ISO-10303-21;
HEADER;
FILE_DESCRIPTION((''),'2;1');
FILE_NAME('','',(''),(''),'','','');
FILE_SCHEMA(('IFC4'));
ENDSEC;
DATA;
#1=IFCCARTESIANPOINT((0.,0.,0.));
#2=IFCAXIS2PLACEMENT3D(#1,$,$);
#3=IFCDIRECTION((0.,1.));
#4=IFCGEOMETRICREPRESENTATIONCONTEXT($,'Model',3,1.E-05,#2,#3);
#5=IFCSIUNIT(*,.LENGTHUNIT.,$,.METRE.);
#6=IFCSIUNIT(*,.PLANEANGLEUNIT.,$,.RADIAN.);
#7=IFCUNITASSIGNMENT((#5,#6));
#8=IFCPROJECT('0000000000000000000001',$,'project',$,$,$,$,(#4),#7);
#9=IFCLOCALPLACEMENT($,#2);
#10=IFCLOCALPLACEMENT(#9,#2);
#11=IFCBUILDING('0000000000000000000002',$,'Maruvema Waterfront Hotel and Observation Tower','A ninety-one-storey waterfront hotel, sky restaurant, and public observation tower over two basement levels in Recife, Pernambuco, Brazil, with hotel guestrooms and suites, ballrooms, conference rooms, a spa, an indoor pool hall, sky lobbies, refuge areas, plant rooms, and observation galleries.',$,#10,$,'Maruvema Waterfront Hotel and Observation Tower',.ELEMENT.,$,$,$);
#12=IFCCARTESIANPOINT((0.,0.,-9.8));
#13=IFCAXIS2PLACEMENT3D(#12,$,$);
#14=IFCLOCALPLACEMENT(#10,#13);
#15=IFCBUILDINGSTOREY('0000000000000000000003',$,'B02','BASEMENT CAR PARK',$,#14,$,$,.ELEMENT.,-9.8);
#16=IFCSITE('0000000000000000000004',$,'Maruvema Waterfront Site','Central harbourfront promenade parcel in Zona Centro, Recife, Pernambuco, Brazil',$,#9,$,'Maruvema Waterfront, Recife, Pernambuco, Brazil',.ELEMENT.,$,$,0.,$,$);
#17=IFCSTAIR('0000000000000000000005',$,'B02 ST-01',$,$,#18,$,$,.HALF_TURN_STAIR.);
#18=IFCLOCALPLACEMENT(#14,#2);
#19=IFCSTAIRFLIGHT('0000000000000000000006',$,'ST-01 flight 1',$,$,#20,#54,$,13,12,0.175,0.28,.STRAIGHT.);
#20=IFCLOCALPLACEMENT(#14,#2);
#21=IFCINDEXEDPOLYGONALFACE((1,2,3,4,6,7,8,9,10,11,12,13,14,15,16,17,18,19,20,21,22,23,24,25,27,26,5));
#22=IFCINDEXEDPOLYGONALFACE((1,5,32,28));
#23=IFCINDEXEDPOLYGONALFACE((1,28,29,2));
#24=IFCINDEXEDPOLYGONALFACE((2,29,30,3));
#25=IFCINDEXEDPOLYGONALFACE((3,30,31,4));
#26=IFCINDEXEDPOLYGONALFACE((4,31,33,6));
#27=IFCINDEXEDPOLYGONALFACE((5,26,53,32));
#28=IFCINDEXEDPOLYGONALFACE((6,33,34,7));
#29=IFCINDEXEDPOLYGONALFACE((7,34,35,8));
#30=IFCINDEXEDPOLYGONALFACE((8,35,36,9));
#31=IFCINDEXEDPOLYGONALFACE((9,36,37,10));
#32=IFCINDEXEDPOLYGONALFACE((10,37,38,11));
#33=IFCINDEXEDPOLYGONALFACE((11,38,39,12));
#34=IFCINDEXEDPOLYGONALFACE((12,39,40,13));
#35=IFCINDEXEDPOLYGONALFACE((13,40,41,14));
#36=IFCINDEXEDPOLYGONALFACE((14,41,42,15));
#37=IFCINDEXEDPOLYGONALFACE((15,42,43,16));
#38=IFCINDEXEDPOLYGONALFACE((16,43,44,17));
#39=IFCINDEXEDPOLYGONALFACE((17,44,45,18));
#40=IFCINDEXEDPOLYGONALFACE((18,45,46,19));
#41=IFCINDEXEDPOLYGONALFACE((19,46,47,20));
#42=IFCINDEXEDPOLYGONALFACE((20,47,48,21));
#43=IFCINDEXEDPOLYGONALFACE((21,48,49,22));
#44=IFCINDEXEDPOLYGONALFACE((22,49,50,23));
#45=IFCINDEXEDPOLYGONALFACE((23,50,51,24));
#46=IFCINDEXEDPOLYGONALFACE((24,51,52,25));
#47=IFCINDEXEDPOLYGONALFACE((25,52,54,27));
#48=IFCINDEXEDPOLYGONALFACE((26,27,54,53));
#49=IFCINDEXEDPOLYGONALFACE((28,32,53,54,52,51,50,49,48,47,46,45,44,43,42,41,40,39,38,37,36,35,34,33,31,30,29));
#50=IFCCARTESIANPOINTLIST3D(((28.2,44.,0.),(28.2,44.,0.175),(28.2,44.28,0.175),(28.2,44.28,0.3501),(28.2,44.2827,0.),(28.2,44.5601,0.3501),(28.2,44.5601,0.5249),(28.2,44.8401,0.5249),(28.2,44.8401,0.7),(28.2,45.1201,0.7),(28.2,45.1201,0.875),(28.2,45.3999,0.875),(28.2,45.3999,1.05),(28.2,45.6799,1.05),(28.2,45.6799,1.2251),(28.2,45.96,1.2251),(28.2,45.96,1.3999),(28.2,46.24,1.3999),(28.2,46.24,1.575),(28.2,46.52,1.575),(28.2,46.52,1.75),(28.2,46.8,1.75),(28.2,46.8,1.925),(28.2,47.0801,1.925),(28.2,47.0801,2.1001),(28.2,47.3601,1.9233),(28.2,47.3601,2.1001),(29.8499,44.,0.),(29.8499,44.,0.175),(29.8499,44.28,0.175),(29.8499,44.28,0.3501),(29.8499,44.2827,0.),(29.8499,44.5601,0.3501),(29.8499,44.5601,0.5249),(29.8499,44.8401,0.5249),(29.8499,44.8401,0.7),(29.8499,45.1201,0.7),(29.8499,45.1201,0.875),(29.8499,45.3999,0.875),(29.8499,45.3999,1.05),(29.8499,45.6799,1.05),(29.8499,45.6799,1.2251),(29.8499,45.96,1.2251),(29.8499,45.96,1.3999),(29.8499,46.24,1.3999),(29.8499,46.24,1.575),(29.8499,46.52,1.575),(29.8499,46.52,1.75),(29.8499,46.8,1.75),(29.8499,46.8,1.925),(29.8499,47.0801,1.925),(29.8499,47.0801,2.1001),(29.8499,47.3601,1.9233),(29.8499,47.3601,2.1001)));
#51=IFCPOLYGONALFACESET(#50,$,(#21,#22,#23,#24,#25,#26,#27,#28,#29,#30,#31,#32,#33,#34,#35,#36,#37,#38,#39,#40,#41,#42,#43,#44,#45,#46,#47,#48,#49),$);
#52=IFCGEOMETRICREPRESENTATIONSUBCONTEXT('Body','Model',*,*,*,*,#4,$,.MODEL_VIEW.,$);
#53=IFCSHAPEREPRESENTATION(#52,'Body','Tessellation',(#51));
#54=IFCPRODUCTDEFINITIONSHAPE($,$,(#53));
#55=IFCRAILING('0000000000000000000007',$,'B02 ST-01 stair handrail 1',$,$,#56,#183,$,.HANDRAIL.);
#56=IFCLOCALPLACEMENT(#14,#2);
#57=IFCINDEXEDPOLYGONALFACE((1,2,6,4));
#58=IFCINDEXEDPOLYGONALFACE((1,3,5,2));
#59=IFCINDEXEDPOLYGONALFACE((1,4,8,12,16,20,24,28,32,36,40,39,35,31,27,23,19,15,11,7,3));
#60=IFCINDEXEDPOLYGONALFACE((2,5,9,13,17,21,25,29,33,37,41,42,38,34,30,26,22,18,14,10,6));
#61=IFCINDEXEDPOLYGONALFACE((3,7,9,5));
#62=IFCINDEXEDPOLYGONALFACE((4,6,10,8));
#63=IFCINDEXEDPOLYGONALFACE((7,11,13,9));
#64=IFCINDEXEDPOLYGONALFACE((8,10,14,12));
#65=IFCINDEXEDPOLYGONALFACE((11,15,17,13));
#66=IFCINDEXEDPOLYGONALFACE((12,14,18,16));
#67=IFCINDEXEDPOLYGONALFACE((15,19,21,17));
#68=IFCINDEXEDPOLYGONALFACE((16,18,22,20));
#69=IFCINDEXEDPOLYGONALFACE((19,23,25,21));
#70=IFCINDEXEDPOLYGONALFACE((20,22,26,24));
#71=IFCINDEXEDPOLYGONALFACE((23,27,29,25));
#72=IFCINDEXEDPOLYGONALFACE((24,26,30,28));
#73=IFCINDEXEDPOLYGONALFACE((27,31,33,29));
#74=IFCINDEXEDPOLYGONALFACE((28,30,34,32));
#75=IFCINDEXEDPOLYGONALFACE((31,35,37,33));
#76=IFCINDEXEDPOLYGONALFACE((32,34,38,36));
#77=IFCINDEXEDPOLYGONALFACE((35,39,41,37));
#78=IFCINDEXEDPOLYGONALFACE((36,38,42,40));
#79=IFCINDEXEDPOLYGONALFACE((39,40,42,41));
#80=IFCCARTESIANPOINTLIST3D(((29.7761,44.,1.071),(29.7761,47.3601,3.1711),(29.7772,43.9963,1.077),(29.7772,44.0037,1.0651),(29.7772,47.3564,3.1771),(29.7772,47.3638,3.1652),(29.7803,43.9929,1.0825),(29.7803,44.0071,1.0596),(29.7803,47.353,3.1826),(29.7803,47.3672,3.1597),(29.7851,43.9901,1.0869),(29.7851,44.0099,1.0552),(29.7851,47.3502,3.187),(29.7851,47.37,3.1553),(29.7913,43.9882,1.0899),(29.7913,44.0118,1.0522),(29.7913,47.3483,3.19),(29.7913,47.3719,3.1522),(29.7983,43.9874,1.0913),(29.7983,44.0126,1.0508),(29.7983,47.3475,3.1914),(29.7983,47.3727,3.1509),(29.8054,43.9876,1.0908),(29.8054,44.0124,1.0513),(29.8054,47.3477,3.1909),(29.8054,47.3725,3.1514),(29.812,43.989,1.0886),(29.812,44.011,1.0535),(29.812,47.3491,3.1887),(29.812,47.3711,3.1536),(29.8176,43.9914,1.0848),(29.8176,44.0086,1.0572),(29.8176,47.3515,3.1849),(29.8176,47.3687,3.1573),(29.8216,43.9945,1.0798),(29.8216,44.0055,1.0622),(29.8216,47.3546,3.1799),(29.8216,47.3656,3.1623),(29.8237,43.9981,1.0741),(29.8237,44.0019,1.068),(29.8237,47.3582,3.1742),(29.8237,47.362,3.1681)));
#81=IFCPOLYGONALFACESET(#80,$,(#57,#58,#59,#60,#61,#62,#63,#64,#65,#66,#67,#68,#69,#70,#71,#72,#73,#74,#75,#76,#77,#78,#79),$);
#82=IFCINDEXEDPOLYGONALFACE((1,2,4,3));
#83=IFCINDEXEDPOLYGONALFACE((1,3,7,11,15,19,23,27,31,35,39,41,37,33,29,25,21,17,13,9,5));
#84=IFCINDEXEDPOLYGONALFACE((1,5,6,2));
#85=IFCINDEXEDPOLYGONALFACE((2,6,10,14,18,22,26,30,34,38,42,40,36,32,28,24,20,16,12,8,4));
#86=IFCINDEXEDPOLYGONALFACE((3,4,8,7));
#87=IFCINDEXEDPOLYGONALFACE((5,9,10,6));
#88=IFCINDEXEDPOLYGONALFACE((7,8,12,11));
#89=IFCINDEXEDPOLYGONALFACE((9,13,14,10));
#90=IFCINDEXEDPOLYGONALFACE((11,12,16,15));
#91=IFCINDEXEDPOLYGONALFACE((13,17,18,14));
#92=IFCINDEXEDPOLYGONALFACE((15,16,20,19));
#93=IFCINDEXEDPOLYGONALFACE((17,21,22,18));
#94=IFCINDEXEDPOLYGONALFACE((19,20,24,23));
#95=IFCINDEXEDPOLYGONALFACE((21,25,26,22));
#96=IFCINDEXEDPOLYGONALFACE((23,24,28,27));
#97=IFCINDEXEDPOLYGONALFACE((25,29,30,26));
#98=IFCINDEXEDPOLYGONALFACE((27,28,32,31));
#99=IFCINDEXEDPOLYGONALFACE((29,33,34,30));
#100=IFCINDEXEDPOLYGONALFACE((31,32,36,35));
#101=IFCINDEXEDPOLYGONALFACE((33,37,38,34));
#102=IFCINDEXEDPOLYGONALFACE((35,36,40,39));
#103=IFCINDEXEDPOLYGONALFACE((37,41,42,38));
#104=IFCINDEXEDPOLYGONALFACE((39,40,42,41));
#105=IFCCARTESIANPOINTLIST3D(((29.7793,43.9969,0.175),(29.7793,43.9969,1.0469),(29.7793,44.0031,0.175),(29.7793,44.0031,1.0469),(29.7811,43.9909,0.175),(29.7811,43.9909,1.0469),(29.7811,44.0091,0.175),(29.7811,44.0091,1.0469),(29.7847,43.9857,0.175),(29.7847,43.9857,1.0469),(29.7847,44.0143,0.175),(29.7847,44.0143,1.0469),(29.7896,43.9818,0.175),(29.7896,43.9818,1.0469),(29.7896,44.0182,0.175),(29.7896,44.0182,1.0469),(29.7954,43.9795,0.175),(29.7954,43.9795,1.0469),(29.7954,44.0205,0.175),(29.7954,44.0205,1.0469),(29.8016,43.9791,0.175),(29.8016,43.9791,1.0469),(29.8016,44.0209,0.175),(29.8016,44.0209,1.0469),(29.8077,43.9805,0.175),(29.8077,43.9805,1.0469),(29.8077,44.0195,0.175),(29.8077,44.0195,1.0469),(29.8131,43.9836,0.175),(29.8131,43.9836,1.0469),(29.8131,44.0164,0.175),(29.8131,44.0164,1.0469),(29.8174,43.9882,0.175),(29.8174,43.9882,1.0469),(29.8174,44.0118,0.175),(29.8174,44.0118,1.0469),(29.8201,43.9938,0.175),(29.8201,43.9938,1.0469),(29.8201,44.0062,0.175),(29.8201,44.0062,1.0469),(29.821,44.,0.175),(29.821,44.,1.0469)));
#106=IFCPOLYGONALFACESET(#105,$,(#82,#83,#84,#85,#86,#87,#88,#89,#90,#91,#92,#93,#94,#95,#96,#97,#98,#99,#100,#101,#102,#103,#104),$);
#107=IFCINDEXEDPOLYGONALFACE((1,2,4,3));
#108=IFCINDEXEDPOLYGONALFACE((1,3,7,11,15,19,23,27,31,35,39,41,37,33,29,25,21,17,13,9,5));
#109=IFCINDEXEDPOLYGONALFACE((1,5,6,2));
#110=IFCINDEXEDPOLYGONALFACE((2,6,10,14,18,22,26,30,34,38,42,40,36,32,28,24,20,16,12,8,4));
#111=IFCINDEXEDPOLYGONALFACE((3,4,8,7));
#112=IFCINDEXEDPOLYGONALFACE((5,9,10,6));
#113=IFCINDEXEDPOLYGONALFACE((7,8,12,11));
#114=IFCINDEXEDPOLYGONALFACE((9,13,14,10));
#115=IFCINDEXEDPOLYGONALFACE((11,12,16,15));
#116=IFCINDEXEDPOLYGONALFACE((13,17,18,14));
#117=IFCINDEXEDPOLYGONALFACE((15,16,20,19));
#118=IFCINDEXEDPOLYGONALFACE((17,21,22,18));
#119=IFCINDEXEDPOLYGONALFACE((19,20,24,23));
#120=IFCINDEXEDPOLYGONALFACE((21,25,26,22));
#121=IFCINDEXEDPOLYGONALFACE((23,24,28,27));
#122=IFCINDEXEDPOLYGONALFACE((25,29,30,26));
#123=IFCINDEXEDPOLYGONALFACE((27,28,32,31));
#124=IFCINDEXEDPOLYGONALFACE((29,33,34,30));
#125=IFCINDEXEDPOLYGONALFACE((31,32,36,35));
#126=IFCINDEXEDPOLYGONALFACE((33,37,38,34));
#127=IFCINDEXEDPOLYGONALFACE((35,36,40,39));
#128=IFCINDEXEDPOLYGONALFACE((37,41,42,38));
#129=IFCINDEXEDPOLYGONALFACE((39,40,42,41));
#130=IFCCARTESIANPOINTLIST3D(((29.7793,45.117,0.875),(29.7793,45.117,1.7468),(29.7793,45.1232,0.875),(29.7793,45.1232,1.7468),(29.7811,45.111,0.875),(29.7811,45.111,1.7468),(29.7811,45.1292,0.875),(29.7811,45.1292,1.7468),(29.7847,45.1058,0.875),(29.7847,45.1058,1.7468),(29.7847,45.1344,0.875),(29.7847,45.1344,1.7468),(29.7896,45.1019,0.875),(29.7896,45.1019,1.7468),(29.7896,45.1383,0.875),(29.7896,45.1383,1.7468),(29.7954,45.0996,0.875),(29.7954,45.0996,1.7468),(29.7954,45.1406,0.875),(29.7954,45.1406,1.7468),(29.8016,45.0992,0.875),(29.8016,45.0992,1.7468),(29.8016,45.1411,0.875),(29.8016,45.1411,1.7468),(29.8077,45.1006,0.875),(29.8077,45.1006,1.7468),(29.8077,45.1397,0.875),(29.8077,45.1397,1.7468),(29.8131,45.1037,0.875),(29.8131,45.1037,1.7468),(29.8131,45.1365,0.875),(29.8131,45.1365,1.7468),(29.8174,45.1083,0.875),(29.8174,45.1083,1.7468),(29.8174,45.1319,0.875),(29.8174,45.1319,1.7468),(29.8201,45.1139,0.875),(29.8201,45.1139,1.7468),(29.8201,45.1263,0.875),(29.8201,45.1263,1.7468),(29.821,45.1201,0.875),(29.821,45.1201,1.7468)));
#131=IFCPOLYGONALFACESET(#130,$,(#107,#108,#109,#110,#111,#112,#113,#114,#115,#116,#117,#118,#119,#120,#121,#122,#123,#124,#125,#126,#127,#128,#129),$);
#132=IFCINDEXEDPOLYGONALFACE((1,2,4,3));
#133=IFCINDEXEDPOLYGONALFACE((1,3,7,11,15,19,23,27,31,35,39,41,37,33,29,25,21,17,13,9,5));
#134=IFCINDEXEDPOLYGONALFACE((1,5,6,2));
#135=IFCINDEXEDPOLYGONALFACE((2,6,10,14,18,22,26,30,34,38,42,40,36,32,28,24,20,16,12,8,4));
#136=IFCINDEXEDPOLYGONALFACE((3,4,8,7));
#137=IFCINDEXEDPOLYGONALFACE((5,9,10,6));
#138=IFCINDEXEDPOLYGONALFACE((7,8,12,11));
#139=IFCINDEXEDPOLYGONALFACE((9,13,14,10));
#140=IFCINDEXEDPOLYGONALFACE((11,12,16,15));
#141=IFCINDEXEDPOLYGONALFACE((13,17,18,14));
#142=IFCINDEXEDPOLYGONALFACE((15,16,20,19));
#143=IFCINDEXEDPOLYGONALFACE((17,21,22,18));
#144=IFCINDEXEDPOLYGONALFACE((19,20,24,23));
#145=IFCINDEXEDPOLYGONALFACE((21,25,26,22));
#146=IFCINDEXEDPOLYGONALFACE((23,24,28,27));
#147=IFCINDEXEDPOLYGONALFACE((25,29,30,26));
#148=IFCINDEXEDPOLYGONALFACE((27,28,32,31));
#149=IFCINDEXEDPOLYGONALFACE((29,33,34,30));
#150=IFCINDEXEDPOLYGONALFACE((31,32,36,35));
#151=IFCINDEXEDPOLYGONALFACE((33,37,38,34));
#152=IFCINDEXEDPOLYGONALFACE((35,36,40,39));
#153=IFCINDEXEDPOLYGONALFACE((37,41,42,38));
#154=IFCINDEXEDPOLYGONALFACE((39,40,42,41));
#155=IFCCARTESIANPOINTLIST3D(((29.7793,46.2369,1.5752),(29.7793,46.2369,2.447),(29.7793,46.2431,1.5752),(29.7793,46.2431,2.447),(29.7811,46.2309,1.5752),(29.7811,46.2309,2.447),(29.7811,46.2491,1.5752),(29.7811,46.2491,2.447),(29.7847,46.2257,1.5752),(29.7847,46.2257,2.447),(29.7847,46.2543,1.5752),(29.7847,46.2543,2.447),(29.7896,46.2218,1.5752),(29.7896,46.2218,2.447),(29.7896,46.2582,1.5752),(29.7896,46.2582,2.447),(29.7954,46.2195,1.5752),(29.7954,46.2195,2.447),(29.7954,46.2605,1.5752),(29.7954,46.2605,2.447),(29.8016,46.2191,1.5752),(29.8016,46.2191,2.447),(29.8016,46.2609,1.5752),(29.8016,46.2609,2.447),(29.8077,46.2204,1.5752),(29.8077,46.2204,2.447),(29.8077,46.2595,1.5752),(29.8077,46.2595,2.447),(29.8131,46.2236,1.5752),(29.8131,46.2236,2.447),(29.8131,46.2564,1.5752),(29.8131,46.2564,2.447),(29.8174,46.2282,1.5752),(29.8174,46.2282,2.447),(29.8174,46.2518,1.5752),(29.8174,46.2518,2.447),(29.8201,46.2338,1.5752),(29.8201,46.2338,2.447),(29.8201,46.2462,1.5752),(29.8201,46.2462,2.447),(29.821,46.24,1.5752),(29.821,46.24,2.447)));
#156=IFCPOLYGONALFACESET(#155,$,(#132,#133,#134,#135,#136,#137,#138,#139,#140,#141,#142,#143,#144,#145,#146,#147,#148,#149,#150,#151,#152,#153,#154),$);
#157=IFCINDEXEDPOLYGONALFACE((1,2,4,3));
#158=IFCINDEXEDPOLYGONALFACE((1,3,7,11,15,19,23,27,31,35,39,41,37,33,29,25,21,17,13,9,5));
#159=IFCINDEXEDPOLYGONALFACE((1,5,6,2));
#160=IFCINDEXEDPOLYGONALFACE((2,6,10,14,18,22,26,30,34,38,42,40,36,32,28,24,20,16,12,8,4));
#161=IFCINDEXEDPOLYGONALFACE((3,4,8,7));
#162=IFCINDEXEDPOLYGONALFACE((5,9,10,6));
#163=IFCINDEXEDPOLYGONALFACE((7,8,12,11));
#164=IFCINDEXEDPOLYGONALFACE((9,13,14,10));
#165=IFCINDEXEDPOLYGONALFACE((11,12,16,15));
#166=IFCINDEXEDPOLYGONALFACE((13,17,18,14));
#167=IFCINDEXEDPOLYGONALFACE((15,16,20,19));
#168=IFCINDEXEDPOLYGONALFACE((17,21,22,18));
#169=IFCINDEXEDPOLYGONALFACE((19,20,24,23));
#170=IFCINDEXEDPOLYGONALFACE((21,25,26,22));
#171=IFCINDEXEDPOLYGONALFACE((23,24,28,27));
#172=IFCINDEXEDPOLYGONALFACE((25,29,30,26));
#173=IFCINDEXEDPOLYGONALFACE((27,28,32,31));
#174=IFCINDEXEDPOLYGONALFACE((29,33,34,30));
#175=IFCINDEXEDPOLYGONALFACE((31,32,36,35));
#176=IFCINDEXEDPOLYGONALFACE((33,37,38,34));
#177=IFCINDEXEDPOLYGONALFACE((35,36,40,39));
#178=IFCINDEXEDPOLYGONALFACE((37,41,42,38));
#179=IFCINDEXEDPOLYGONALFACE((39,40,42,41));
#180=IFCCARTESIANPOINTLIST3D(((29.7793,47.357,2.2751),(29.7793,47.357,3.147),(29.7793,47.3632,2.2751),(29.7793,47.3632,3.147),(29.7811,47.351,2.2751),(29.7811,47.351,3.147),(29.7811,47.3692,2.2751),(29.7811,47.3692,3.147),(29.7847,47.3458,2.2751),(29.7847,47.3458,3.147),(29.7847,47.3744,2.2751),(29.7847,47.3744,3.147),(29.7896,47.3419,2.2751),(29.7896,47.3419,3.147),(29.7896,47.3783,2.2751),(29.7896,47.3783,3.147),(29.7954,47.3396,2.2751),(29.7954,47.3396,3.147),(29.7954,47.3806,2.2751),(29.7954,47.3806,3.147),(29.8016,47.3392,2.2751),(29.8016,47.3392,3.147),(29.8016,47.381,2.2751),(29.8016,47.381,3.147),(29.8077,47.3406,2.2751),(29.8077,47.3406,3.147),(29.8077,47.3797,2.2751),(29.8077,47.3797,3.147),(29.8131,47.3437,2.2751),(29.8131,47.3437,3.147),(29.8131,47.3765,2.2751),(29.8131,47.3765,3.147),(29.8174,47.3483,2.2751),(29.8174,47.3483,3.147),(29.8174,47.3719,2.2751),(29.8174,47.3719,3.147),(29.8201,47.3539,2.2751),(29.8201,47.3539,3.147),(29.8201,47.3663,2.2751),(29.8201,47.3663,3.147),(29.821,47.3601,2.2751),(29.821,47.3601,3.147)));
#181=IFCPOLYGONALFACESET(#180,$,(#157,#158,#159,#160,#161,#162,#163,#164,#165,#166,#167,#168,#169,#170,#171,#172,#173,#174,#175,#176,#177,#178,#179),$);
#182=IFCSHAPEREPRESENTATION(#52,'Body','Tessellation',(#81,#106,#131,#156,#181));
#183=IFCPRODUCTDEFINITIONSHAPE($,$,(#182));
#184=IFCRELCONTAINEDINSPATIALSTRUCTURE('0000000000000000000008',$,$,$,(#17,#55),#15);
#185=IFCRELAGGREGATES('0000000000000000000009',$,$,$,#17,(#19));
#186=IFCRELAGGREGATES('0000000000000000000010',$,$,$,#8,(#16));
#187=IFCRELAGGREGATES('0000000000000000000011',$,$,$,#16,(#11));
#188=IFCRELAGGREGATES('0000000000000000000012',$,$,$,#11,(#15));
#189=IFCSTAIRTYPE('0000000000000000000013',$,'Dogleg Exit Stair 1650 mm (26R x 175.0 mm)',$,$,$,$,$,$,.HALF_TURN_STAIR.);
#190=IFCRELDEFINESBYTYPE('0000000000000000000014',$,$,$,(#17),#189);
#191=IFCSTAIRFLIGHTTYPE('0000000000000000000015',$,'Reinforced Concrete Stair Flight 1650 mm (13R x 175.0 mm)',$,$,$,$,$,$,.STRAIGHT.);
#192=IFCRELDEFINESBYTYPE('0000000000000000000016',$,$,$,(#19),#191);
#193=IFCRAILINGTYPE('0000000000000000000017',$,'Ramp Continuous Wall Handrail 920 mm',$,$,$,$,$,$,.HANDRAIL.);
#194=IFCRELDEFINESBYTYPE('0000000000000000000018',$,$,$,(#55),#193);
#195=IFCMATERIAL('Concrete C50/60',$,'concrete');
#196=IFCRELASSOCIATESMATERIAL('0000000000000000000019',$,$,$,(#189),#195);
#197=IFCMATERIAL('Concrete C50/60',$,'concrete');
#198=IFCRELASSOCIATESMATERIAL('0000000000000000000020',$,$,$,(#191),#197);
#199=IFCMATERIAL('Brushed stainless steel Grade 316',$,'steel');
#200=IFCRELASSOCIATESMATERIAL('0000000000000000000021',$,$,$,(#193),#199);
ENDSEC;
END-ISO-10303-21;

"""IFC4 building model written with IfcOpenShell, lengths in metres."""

from ifc_helpers import new_model, si_unit, direction, frame, origin, origin_2d, place, context, subcontext, project, spatial, polyline, circle, outline, extrude, material, type_object, element, aggregate, save


model = new_model("IFC4")

# Units and contexts
model_context = context("Model", 3, precision=1e-05, world=origin(), true_north=direction((0.0, 1.0)))
body_context = subcontext(model_context, "Body", "Model", "MODEL_VIEW")
ifc_project = project(units=[si_unit("LENGTHUNIT", "METRE"), si_unit("PLANEANGLEUNIT", "RADIAN")], contexts=[model_context])

# Site, building, storey
site_placement = place(None, origin())
site = spatial("IfcSite", under=ifc_project, at=site_placement, Name="Maruvema Waterfront Site", Description="Central harbourfront promenade parcel in Zona Centro, Recife, Pernambuco, Brazil", LongName="Maruvema Waterfront, Recife, Pernambuco, Brazil", CompositionType="ELEMENT", RefElevation=0.0)
building_placement = place(site_placement, origin())
building = spatial("IfcBuilding", under=site, at=building_placement, Name="Maruvema Waterfront Hotel and Observation Tower", Description="A ninety-one-storey waterfront hotel, sky restaurant, and public observation tower over two basement levels in Recife, Pernambuco, Brazil, with hotel guestrooms and suites, ballrooms, conference rooms, a spa, an indoor pool hall, sky lobbies, refuge areas, plant rooms, and observation galleries.", LongName="Maruvema Waterfront Hotel and Observation Tower", CompositionType="ELEMENT")
storey_placement = place(building_placement, frame((0.0, 0.0, -9.8)))
storey = spatial("IfcBuildingStorey", under=building, at=storey_placement, Name="B02", Description="BASEMENT CAR PARK", CompositionType="ELEMENT", Elevation=-9.8)

# Stair, stair flight
ifc_material_1 = material(Name="Concrete C50/60", Category="concrete")
stair_type = type_object("IfcStairType", Name="Dogleg Exit Stair 1650 mm (26R x 175.0 mm)", PredefinedType="HALF_TURN_STAIR", material=ifc_material_1)
stair_placement = place(storey_placement, origin())
stair = element("IfcStair", 1, at=stair_placement, inside=storey, type_object=stair_type, Name="B02 ST-01", PredefinedType="HALF_TURN_STAIR")
ifc_material_2 = material(Name="Concrete C50/60", Category="concrete")
stair_flight_type = type_object("IfcStairFlightType", Name="Reinforced Concrete Stair Flight 1650 mm (13R x 175.0 mm)", PredefinedType="STRAIGHT", material=ifc_material_2)
stair_flight_placement = place(storey_placement, frame((29.0249, 44.0, 0.0), z_axis=(0.0, 0.0, 1.0), x_axis=(0.0, 1.0, 0.0)))
stair_flight = element("IfcStairFlight", 2, at=stair_flight_placement, type_object=stair_flight_type, Name="ST-01 flight 1", NumberOfRisers=13, NumberOfTreads=12, PredefinedType="STRAIGHT", RiserHeight=0.175, TreadLength=0.28, context=body_context, shape_type="SweptSolid", body=[
    extrude(outline(polyline([(0.0, 0.0), (0.0, 0.175), (0.28, 0.175), (0.28, 0.3501), (0.5601, 0.3501), (0.5601, 0.5249), (0.8401, 0.5249), (0.8401, 0.7), (1.1201, 0.7), (1.1201, 0.875), (1.3999, 0.875), (1.3999, 1.05), (1.6799, 1.05), (1.6799, 1.2251), (1.96, 1.2251), (1.96, 1.3999), (2.24, 1.3999), (2.24, 1.575), (2.52, 1.575), (2.52, 1.75), (2.8, 1.75), (2.8, 1.925), (3.0801, 1.925), (3.0801, 2.1001), (3.3601, 2.1001), (3.3601, 2.2749), (3.3601, 1.9233), (0.2827, 0.0), (0.0, 0.0)])), frame((0.0, 0.825, 0.0), z_axis=(0.0, -1.0, 0.0), x_axis=(1.0, 0.0, 0.0)), (0.0, 0.0, 1.0), 1.6499),
])
aggregate(stair, [stair_flight])

# Railing
ifc_material_3 = material(Name="Brushed stainless steel Grade 316", Category="steel")
railing_type_1 = type_object("IfcRailingType", Name="Ramp Continuous Wall Handrail 920 mm", PredefinedType="HANDRAIL", material=ifc_material_3)
railing_1_placement = place(storey_placement, frame((29.8, 44.0, 0.175)))
element("IfcRailing", 3, at=railing_1_placement, inside=storey, type_object=railing_type_1, Name="B02 ST-01 stair handrail 1", PredefinedType="HANDRAIL", context=body_context, shape_type="SweptSolid", body=[
    extrude(circle(Radius=0.0239, at=origin_2d()), frame((0.0, 0.0, 0.896), z_axis=(0.0, 0.847995, 0.530004), x_axis=(-1.0, 0.0, 0.0)), (0.0, 0.0, 1.0), 3.9624),
    extrude(circle(Radius=0.021, at=origin_2d()), origin(), (0.0, 0.0, 1.0), 0.8718),
    extrude(circle(Radius=0.021, at=origin_2d()), frame((0.0, 1.1201, 0.7)), (0.0, 0.0, 1.0), 0.8718),
    extrude(circle(Radius=0.021, at=origin_2d()), frame((0.0, 2.24, 1.4001)), (0.0, 0.0, 1.0), 0.8718),
    extrude(circle(Radius=0.021, at=origin_2d()), frame((0.0, 3.3601, 2.1001)), (0.0, 0.0, 1.0), 0.8718),
])

save(model, "model.ifc")
